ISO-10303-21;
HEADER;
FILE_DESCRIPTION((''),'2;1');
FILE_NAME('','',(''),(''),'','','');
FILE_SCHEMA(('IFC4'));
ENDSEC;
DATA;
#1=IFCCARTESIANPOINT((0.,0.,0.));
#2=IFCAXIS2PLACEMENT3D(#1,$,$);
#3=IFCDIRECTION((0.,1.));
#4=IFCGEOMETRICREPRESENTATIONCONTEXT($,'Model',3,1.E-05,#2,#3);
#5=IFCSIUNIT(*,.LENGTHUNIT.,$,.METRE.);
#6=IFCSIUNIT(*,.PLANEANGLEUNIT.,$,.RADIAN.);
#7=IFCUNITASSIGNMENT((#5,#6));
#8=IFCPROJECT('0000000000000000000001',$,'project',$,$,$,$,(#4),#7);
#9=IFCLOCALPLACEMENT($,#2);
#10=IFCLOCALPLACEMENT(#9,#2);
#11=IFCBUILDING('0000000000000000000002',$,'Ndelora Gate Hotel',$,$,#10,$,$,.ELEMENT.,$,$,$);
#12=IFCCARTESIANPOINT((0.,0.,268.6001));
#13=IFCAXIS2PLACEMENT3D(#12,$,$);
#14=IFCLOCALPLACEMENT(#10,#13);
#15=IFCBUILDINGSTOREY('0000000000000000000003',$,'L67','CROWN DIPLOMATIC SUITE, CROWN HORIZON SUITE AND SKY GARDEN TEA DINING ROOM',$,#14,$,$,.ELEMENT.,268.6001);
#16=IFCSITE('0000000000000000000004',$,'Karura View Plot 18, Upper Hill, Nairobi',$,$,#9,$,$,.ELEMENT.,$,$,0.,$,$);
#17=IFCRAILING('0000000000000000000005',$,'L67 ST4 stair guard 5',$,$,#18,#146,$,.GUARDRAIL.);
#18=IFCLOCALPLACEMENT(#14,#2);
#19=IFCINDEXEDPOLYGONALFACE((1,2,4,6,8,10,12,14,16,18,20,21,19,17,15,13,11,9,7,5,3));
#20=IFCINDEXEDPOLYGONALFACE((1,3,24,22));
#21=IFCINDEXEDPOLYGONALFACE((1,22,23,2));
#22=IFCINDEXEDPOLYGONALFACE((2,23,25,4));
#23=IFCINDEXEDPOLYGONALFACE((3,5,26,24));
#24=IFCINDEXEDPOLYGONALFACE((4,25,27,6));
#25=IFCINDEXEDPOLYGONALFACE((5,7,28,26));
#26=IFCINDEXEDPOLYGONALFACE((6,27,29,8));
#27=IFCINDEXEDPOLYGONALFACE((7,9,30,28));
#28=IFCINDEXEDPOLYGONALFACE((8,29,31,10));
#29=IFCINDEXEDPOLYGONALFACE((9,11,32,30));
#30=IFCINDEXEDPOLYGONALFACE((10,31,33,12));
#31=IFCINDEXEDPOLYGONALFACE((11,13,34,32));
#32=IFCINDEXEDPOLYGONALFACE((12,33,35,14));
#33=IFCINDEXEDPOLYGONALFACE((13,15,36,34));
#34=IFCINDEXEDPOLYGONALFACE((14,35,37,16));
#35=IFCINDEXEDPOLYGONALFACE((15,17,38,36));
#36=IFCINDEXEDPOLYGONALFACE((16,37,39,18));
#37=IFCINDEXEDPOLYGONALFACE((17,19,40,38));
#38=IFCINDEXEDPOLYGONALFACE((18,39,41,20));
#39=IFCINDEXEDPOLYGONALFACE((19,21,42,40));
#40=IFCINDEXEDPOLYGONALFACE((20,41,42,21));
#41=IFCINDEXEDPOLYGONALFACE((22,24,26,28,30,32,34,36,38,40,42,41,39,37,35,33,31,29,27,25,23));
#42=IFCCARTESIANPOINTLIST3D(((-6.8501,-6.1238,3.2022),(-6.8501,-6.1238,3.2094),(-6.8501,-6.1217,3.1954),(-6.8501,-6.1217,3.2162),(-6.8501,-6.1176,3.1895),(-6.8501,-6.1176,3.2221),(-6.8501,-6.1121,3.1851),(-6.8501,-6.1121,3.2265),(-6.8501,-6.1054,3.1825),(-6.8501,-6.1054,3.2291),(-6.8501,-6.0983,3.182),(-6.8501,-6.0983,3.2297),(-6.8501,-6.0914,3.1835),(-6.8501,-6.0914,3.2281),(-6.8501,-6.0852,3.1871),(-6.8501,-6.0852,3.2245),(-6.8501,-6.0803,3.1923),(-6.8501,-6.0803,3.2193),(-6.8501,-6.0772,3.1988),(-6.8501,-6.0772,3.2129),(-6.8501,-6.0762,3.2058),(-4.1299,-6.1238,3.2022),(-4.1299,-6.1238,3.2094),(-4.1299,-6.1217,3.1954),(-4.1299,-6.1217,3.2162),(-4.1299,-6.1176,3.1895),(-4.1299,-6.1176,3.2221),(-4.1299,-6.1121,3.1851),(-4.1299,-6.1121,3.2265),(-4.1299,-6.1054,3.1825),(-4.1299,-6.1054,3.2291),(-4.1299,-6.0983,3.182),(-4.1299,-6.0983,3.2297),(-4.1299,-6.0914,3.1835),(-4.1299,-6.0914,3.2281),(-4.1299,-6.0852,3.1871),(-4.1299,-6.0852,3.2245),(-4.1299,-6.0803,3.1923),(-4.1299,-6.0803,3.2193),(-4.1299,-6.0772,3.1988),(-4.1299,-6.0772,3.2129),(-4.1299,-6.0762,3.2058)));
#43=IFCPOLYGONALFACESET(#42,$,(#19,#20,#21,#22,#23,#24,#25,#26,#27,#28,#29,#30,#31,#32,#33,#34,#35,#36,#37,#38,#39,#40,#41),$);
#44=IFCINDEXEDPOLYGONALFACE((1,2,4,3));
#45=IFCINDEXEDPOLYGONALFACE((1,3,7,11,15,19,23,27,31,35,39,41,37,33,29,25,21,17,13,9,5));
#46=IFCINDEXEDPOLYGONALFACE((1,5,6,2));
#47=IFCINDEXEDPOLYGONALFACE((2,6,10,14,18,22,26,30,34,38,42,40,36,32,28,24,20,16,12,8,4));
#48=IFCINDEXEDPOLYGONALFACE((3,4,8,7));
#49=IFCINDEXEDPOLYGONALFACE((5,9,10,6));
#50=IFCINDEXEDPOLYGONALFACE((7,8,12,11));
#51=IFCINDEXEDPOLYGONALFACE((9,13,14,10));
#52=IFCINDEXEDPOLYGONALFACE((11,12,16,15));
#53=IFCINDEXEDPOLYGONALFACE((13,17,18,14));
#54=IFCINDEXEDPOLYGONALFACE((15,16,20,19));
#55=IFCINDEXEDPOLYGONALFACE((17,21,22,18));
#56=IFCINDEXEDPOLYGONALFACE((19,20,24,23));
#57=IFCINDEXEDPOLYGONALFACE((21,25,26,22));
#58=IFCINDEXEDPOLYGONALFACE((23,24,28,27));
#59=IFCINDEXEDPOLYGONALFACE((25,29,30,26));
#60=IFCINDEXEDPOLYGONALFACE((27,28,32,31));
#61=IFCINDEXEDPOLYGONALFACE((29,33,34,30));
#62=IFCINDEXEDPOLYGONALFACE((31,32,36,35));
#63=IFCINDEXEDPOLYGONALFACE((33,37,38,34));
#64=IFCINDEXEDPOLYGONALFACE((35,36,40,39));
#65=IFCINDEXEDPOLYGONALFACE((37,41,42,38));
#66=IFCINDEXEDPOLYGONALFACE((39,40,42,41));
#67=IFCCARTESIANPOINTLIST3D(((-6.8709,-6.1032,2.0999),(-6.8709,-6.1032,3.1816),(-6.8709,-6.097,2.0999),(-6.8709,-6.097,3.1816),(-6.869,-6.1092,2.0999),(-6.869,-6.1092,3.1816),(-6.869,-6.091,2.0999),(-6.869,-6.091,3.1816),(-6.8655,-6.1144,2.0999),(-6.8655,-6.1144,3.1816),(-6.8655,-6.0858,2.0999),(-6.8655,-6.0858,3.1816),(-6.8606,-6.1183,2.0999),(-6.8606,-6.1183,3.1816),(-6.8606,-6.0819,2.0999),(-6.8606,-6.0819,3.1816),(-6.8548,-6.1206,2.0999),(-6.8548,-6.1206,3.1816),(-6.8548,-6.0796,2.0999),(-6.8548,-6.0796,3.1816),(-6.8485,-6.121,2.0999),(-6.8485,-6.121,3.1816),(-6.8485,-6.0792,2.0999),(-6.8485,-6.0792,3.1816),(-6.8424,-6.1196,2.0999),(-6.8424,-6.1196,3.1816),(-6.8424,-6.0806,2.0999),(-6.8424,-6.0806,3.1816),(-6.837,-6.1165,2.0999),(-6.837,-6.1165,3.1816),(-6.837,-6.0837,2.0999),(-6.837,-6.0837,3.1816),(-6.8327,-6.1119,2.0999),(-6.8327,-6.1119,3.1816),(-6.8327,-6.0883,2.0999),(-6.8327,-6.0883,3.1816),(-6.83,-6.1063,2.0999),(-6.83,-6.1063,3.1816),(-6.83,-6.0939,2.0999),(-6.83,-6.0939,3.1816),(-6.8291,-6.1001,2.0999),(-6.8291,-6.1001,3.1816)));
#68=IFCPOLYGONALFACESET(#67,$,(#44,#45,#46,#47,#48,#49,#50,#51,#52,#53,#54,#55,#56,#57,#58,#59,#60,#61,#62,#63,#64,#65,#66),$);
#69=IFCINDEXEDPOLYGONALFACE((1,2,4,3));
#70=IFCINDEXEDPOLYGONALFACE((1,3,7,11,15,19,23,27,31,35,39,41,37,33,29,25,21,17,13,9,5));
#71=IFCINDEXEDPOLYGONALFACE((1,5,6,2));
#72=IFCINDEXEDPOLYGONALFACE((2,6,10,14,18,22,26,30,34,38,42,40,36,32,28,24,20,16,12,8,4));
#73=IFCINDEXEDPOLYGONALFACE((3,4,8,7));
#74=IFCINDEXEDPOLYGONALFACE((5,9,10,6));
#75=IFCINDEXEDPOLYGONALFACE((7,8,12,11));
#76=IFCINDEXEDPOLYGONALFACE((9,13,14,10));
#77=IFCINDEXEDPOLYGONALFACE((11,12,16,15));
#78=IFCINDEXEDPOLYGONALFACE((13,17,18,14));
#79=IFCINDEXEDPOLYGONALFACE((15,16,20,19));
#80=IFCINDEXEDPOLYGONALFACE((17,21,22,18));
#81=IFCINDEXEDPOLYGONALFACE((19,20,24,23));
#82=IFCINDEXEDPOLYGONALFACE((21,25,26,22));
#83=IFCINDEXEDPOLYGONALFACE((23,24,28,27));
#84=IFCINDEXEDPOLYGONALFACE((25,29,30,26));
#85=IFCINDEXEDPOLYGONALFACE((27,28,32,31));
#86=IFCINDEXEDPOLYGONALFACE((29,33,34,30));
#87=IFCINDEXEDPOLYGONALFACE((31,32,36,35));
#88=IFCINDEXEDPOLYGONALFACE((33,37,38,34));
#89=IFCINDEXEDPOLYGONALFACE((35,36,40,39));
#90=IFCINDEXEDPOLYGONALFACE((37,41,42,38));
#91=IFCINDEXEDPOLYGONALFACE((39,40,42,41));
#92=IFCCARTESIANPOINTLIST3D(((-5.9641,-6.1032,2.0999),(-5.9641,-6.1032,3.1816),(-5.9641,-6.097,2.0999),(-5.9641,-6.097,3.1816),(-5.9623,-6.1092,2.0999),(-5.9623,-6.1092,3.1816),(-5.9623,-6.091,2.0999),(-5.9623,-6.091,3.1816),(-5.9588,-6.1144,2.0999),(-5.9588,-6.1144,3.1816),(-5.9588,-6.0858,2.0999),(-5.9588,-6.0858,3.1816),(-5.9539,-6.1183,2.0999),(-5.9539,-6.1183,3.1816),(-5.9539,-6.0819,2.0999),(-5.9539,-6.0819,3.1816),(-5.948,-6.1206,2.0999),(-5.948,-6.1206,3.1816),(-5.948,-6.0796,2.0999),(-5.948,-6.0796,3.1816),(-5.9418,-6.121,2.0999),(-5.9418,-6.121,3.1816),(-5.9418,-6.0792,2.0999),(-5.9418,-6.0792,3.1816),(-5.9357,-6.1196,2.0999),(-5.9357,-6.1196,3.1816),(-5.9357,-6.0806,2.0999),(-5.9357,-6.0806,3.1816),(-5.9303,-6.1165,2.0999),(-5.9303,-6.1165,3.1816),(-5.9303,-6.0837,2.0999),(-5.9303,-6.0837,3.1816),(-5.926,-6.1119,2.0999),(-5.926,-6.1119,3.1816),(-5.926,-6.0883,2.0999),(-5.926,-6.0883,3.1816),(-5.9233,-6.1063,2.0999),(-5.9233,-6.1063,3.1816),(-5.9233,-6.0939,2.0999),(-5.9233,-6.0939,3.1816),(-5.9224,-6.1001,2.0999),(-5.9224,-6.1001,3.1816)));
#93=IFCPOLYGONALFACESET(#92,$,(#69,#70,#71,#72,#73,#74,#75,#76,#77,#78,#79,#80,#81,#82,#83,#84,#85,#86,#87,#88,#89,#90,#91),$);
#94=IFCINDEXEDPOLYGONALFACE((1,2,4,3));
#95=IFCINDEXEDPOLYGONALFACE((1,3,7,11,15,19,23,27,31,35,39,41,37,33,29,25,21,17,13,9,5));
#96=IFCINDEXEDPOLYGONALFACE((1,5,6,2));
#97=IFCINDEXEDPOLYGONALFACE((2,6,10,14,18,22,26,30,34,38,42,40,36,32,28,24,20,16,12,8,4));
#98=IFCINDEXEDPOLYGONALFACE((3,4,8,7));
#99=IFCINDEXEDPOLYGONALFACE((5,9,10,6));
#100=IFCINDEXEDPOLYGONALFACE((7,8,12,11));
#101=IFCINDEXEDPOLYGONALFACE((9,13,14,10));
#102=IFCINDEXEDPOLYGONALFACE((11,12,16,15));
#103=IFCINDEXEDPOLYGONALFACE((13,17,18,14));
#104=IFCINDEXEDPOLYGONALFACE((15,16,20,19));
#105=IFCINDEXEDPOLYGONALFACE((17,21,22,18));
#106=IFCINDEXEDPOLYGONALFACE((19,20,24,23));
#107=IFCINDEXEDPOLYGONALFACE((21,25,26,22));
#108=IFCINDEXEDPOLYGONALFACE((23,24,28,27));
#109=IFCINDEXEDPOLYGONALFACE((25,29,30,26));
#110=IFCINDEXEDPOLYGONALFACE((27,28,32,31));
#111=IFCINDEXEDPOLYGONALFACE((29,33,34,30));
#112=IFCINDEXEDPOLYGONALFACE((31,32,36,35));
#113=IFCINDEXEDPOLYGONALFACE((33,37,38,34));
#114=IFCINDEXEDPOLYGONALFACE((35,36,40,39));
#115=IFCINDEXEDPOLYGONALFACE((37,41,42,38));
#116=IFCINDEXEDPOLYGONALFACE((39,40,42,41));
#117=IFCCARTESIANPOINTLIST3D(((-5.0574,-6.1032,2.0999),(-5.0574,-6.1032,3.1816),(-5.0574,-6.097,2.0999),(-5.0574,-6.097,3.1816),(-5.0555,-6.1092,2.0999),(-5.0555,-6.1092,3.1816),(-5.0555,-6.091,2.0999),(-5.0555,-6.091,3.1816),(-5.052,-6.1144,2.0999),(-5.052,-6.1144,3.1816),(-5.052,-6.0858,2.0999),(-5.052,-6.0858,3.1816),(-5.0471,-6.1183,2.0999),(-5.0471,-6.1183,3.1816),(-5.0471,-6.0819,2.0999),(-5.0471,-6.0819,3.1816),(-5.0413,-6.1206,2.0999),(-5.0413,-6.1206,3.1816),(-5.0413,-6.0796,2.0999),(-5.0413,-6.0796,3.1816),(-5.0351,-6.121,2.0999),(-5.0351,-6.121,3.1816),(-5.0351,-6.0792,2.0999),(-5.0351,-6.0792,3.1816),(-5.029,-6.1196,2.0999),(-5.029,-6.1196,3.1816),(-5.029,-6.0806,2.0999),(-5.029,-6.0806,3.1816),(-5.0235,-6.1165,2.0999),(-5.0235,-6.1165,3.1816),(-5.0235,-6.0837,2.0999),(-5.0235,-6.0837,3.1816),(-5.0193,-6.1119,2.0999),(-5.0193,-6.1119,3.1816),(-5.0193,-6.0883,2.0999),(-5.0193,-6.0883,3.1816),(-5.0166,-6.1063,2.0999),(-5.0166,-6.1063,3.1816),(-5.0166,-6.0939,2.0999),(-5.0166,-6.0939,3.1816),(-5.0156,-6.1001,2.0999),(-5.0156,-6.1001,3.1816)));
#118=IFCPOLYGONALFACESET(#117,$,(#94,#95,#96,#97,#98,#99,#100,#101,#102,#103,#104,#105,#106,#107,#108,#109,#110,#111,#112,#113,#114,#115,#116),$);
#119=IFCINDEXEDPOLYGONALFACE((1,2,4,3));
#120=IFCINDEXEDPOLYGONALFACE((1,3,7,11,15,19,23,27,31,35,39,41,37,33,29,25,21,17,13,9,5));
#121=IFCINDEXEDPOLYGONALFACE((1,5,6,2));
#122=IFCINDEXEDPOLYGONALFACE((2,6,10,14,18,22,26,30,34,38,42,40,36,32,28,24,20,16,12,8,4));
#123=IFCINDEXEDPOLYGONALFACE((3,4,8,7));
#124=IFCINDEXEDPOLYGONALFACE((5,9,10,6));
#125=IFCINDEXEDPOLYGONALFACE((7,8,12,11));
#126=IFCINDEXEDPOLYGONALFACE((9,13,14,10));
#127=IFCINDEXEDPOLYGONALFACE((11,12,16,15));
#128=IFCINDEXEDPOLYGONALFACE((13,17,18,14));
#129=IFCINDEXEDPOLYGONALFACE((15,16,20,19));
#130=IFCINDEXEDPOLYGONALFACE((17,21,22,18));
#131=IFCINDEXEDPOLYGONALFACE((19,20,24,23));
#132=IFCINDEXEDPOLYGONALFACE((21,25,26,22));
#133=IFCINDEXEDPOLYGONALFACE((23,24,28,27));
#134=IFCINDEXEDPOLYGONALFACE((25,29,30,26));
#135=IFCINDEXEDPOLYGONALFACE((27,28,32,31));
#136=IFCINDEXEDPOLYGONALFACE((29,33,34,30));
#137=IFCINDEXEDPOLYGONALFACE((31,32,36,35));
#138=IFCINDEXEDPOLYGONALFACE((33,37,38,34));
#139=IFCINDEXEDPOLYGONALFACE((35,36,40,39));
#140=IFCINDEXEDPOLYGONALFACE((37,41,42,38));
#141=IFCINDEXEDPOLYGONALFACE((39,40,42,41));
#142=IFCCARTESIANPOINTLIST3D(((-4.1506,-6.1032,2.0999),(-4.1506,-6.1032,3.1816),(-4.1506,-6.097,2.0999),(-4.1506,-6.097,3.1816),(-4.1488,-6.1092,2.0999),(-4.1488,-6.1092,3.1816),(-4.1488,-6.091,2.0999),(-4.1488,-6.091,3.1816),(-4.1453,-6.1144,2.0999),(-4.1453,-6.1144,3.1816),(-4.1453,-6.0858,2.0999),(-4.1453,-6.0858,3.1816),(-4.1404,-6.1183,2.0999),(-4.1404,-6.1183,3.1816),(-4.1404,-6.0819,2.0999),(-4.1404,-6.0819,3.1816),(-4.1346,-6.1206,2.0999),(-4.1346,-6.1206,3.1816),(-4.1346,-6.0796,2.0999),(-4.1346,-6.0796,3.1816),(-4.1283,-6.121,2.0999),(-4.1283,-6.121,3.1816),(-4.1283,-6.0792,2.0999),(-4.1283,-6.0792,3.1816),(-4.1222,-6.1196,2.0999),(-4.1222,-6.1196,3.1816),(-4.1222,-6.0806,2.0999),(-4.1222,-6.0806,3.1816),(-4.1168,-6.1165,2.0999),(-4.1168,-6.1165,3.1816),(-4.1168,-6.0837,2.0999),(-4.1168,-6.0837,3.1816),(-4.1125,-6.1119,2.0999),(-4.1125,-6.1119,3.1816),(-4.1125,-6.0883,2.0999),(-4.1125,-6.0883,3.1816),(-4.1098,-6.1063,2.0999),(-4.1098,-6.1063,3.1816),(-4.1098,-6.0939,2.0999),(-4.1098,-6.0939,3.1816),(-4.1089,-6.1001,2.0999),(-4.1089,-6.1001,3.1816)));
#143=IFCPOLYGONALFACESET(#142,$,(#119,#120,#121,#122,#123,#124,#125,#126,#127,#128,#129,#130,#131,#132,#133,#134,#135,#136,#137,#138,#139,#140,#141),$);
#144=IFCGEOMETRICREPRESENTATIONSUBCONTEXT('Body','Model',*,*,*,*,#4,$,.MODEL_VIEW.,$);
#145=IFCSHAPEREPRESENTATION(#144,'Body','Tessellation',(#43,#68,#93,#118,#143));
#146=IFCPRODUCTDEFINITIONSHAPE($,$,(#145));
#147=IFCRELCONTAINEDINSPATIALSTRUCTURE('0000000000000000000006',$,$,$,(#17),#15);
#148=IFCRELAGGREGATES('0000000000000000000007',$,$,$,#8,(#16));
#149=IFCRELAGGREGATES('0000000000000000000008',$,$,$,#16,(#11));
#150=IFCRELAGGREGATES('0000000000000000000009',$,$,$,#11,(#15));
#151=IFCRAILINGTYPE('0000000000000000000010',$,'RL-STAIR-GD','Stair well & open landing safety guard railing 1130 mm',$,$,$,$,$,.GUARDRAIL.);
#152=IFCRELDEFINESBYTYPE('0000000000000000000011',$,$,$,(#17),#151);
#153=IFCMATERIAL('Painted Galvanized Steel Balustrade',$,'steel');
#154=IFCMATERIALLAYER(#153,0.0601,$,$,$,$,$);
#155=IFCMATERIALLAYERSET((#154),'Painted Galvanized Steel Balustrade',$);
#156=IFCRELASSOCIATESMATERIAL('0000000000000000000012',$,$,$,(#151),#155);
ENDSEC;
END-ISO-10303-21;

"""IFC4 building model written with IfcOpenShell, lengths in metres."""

from ifc_helpers import new_model, si_unit, direction, frame, origin, origin_2d, place, context, subcontext, project, spatial, circle, extrude, material, layer, layer_set, type_object, element, save


model = new_model("IFC4")

# Units and contexts
model_context = context("Model", 3, precision=1e-05, world=origin(), true_north=direction((0.0, 1.0)))
body_context = subcontext(model_context, "Body", "Model", "MODEL_VIEW")
ifc_project = project(units=[si_unit("LENGTHUNIT", "METRE"), si_unit("PLANEANGLEUNIT", "RADIAN")], contexts=[model_context])

# Site, building, storey
site_placement = place(None, origin())
site = spatial("IfcSite", under=ifc_project, at=site_placement, Name="Karura View Plot 18, Upper Hill, Nairobi", CompositionType="ELEMENT", RefElevation=0.0)
building_placement = place(site_placement, origin())
building = spatial("IfcBuilding", under=site, at=building_placement, Name="Ndelora Gate Hotel", CompositionType="ELEMENT")
storey_placement = place(building_placement, frame((0.0, 0.0, 268.6001)))
storey = spatial("IfcBuildingStorey", under=building, at=storey_placement, Name="L67", Description="CROWN DIPLOMATIC SUITE, CROWN HORIZON SUITE AND SKY GARDEN TEA DINING ROOM", CompositionType="ELEMENT", Elevation=268.6001)

# Railing
ifc_material_1 = material(Name="Painted Galvanized Steel Balustrade", Category="steel")
ifc_layer_1 = layer(ifc_material_1, 0.0601)
ifc_layer_set_1 = layer_set([ifc_layer_1], Name="Painted Galvanized Steel Balustrade")
railing_type_1 = type_object("IfcRailingType", Name="RL-STAIR-GD", Description="Stair well & open landing safety guard railing 1130 mm", PredefinedType="GUARDRAIL", material=ifc_layer_set_1)
railing_1_placement = place(storey_placement, frame((-6.8501, -6.1001, 2.0999)))
element("IfcRailing", 1, at=railing_1_placement, inside=storey, type_object=railing_type_1, Name="L67 ST4 stair guard 5", PredefinedType="GUARDRAIL", context=body_context, shape_type="SweptSolid", body=[
    extrude(circle(Radius=0.0239, at=origin_2d()), frame((0.0, 0.0, 1.106), z_axis=(1.0, 0.0, 0.0), x_axis=(0.0, 1.0, 0.0)), (0.0, 0.0, 1.0), 2.7202),
    extrude(circle(Radius=0.021, at=origin_2d()), origin(), (0.0, 0.0, 1.0), 1.0818),
    extrude(circle(Radius=0.021, at=origin_2d()), frame((0.9067, 0.0, 0.0)), (0.0, 0.0, 1.0), 1.0818),
    extrude(circle(Radius=0.021, at=origin_2d()), frame((1.8135, 0.0, 0.0)), (0.0, 0.0, 1.0), 1.0818),
    extrude(circle(Radius=0.021, at=origin_2d()), frame((2.7202, 0.0, 0.0)), (0.0, 0.0, 1.0), 1.0818),
])

save(model, "model.ifc")
